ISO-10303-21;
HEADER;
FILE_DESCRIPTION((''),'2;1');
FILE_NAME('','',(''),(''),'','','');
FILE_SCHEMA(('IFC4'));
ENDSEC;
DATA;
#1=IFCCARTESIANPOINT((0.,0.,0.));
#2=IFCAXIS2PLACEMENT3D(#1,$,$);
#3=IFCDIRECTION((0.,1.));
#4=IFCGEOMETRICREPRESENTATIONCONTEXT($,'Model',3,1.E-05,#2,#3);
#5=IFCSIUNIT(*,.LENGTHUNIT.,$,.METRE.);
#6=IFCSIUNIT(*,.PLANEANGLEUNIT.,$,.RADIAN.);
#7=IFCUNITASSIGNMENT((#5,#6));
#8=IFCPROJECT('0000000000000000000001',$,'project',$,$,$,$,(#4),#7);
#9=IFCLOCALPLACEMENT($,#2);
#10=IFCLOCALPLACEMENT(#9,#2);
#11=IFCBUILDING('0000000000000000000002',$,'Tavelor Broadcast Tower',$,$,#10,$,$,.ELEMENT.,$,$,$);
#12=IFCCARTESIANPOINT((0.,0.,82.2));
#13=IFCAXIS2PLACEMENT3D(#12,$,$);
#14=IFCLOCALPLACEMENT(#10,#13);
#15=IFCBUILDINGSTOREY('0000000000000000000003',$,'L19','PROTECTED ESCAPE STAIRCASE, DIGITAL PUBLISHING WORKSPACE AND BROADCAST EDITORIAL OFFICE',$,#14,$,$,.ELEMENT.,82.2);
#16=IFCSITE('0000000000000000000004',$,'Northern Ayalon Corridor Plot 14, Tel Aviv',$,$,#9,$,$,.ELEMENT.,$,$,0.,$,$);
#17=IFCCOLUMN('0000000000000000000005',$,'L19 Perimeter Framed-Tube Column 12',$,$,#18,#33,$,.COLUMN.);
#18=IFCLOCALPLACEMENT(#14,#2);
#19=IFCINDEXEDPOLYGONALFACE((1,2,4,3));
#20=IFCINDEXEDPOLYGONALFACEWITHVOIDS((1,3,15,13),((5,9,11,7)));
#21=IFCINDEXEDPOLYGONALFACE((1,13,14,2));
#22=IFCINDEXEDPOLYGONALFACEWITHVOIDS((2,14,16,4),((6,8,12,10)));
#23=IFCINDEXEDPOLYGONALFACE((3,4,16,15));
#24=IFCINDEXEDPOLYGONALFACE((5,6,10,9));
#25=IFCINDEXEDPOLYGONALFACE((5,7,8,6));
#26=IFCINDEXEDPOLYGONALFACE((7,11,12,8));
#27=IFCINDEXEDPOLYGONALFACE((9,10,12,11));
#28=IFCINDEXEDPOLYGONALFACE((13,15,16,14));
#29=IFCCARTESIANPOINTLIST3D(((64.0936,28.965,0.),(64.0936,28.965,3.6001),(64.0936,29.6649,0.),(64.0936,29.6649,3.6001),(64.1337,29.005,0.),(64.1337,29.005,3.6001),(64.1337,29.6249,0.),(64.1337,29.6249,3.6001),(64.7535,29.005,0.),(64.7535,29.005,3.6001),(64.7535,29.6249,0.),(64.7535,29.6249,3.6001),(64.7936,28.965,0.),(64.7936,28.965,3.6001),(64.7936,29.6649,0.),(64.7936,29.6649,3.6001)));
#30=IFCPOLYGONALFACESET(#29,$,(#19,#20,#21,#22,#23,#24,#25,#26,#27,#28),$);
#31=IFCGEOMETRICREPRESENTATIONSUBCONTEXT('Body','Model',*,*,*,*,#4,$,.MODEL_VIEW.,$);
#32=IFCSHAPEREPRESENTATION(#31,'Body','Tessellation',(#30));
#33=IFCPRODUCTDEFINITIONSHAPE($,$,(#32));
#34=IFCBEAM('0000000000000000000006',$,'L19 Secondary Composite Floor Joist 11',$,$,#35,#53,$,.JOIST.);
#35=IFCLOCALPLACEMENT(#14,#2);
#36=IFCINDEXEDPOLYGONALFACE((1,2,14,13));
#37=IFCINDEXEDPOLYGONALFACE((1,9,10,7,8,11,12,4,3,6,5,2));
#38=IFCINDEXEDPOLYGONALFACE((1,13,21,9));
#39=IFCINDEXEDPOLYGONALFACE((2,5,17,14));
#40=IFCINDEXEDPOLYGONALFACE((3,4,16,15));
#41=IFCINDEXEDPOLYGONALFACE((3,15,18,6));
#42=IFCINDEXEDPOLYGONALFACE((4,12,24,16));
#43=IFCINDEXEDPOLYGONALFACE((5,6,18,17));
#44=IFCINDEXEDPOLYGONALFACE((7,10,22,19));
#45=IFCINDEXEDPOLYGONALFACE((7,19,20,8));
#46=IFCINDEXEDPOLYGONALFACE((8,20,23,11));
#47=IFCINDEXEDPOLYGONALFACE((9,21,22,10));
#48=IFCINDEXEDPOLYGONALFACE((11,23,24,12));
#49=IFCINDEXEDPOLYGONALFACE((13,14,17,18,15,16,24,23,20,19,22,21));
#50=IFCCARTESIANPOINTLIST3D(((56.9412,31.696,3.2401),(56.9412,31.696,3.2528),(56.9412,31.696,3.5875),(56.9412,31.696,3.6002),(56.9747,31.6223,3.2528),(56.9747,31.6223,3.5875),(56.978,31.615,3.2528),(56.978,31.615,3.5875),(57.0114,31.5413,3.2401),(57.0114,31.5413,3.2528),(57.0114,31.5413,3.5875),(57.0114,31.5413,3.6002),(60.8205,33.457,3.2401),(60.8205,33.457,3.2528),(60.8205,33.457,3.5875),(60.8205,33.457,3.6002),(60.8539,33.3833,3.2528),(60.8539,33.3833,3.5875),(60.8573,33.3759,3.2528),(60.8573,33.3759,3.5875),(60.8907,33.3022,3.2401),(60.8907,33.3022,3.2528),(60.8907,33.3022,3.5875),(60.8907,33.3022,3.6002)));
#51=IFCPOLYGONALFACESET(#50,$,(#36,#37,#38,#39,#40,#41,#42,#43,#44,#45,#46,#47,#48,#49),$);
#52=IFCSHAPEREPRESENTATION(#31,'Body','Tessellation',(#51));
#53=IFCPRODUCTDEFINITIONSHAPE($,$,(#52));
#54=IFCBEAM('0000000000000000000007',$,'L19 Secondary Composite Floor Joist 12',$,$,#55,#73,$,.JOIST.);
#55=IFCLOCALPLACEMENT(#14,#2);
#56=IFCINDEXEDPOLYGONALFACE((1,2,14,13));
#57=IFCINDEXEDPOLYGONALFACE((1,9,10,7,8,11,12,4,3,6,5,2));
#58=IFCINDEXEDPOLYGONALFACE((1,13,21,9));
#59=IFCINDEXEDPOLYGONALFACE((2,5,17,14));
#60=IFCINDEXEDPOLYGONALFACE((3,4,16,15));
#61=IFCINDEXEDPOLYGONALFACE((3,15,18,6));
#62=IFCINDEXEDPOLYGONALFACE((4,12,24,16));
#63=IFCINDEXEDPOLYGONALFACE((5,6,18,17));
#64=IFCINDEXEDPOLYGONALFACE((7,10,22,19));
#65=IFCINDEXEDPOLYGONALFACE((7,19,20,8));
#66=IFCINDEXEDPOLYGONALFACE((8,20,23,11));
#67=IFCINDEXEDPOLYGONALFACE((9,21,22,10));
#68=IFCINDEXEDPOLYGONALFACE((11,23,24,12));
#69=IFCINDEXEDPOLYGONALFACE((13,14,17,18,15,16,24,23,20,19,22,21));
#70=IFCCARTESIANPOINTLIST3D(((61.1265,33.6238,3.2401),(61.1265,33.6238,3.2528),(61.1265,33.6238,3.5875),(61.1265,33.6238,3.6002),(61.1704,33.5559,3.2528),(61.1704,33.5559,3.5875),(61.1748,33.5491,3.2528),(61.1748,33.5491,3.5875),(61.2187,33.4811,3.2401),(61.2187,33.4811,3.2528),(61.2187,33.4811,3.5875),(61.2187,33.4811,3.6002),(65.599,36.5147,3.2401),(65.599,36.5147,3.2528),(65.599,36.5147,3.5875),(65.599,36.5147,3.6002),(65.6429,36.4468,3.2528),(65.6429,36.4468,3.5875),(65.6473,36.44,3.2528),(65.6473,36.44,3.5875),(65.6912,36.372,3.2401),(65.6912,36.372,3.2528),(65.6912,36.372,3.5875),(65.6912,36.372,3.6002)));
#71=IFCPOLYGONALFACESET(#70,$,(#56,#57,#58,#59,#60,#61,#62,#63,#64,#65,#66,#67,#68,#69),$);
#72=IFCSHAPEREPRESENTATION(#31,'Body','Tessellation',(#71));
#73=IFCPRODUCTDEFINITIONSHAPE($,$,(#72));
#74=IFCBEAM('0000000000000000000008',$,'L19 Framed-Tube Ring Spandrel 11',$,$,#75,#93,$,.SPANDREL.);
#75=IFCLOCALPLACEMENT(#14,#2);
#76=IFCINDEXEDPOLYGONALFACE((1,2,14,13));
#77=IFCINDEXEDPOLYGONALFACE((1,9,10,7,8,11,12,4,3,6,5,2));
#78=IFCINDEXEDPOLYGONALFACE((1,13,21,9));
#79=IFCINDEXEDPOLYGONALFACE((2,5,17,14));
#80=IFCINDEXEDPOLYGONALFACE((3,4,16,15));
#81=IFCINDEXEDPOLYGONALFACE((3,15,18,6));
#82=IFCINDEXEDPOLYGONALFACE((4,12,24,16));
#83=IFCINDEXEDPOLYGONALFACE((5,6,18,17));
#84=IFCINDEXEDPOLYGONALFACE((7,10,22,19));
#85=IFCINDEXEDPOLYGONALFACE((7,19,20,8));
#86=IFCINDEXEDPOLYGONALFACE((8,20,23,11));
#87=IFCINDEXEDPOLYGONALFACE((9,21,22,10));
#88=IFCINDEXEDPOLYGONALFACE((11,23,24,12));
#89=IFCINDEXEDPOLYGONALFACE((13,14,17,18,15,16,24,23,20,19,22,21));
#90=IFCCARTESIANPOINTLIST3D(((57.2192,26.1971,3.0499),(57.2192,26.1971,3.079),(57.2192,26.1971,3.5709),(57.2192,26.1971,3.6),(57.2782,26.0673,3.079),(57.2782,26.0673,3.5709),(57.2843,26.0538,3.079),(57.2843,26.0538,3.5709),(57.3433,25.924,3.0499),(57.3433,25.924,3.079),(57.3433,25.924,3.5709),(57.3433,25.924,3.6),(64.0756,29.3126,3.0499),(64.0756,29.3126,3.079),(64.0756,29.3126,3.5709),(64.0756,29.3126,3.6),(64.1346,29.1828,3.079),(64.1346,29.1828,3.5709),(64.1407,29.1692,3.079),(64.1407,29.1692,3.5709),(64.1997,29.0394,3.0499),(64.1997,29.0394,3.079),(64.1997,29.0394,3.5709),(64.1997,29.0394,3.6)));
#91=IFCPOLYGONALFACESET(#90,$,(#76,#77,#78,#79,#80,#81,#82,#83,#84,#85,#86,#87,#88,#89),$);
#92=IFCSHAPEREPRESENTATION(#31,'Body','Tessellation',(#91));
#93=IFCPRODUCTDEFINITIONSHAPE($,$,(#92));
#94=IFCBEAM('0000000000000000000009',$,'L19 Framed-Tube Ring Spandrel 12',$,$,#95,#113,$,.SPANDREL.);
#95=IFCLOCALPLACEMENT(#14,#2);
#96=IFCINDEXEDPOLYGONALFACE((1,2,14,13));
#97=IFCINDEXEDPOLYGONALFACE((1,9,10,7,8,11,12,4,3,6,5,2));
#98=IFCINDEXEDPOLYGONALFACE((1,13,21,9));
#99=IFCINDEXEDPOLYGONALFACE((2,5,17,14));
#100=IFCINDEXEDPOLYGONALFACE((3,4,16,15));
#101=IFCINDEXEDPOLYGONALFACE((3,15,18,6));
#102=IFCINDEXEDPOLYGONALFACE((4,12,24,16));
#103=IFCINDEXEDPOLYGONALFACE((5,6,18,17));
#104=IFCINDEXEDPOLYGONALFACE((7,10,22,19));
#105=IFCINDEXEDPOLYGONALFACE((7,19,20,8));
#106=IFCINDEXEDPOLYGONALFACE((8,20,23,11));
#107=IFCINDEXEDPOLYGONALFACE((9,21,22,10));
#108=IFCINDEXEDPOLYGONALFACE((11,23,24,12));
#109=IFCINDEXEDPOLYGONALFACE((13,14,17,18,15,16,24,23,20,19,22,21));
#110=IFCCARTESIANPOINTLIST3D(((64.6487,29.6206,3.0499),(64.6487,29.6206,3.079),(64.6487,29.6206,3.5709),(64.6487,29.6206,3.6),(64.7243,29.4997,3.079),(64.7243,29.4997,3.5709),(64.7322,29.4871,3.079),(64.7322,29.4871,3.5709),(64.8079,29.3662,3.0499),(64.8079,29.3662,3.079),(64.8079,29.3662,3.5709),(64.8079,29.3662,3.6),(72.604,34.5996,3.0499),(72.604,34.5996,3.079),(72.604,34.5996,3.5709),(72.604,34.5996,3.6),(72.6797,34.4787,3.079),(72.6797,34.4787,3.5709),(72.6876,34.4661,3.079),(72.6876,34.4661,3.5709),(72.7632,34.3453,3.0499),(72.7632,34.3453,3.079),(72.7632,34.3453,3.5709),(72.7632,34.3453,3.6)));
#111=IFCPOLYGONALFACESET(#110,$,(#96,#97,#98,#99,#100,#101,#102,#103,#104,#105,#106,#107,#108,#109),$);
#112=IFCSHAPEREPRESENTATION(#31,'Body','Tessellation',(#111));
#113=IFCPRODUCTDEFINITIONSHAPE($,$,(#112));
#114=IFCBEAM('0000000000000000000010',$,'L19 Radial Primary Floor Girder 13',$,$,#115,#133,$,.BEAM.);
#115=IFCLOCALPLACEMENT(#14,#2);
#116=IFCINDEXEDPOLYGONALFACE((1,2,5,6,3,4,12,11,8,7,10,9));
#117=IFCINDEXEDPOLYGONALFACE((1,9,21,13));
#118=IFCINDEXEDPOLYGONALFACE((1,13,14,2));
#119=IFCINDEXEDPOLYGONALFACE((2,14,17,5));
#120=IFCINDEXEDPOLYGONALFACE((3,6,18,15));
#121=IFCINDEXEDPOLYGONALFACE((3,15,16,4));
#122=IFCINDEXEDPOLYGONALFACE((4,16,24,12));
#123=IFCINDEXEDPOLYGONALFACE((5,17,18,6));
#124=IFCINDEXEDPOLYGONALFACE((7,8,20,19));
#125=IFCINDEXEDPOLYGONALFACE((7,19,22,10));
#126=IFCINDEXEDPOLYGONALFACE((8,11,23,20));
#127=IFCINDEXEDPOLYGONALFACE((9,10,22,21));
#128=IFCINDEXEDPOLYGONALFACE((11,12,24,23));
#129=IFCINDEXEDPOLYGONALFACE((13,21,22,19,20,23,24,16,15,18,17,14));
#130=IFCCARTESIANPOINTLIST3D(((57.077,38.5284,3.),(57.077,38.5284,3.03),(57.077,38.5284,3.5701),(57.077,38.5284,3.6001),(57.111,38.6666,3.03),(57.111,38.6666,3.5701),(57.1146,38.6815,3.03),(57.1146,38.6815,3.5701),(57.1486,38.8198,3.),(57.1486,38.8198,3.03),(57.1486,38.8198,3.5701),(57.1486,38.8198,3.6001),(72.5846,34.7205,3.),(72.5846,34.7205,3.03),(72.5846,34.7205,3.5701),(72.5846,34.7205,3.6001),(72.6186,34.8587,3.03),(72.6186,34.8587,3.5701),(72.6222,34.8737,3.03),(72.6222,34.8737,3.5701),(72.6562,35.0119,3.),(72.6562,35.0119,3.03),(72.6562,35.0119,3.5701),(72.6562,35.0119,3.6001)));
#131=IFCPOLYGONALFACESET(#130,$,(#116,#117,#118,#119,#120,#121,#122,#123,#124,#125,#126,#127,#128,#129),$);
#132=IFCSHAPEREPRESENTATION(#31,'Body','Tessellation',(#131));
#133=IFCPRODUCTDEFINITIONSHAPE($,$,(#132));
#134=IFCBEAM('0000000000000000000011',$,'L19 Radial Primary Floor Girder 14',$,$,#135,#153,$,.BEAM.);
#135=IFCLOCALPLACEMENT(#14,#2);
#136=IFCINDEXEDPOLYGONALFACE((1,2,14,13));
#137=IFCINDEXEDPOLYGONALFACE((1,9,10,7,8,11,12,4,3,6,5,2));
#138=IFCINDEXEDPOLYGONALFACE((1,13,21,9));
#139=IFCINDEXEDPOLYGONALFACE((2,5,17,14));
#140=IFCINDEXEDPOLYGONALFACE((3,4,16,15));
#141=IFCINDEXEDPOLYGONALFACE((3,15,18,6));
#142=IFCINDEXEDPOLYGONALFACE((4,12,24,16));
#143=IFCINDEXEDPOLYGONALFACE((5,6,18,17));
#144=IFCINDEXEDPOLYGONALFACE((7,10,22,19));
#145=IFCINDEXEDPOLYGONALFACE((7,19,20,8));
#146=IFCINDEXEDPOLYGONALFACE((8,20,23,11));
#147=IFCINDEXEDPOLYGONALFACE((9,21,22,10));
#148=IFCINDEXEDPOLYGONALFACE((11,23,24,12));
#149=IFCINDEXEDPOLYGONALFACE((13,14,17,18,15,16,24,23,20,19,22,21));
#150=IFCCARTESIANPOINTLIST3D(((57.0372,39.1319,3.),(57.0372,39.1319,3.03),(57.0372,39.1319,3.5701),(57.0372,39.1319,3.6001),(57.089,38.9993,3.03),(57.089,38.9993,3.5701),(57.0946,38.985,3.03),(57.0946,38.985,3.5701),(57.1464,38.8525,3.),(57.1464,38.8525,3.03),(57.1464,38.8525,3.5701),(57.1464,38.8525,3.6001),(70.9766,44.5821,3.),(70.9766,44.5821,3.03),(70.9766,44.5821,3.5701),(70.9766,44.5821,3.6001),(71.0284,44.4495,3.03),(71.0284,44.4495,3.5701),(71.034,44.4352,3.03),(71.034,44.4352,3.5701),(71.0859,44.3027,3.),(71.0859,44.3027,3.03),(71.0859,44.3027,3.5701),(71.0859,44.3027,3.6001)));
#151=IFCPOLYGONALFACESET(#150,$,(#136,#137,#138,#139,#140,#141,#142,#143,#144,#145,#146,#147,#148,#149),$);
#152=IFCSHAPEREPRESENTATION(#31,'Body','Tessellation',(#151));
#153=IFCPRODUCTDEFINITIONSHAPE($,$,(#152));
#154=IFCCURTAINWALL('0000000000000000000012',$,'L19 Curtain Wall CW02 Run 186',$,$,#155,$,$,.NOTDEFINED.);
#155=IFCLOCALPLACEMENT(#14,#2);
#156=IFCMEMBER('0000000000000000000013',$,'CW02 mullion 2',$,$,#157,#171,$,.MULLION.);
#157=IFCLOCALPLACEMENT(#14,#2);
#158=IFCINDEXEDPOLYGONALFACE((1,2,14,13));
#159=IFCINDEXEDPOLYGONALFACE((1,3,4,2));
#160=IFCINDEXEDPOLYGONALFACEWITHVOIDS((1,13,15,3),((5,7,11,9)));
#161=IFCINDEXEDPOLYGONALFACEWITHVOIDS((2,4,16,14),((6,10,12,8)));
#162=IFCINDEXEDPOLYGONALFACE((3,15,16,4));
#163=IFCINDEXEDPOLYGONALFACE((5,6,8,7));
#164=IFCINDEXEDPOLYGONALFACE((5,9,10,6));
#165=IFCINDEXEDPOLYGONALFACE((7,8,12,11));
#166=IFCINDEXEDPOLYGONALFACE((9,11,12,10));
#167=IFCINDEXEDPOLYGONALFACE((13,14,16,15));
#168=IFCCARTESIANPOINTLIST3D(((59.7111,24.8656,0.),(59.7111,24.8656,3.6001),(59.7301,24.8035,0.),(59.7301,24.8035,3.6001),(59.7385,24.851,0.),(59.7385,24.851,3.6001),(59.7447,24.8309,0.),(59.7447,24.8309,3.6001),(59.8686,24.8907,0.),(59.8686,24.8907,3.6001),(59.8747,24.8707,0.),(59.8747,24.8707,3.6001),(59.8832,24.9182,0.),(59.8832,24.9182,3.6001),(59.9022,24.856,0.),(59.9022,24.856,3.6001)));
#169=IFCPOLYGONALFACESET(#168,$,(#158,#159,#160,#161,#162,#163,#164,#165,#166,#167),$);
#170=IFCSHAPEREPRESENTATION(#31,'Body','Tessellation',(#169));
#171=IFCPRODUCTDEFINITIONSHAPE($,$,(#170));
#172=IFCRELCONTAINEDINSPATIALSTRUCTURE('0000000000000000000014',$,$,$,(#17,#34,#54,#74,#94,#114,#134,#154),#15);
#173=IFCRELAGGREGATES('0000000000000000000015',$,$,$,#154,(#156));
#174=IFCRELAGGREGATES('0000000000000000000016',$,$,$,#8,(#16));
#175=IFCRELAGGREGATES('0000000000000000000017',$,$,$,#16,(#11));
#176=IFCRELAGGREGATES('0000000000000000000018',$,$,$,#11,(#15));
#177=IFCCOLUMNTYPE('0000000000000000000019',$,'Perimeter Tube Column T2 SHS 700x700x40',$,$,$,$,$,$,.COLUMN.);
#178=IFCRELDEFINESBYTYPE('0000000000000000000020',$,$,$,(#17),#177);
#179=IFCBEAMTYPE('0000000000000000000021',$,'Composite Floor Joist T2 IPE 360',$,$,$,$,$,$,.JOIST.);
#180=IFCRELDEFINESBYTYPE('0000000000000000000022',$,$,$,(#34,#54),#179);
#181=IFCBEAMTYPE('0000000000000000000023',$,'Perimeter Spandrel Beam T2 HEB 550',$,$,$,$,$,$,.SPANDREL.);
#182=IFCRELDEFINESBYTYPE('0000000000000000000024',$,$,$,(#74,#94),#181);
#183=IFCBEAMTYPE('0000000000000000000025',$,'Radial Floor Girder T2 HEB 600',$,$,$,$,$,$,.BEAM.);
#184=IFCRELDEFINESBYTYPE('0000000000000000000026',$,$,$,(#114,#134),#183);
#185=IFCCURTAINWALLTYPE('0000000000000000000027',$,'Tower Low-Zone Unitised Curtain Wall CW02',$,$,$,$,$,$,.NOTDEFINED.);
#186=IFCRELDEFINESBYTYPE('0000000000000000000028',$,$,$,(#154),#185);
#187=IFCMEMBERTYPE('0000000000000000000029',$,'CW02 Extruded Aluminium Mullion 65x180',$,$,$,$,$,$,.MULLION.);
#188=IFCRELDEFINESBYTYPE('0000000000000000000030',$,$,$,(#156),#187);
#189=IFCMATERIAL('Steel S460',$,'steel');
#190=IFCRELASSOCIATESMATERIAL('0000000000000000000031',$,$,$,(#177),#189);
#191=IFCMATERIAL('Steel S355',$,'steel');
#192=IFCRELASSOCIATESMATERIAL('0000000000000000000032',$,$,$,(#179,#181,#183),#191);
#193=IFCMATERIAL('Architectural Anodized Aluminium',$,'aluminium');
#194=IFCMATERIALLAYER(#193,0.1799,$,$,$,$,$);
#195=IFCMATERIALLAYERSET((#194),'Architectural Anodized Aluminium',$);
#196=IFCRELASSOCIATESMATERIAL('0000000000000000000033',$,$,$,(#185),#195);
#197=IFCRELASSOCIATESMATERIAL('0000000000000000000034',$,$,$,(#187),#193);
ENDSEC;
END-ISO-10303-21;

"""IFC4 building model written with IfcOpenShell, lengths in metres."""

from ifc_helpers import new_model, si_unit, direction, frame, origin, origin_2d, place, context, subcontext, project, spatial, hollow_rectangle, i_section, extrude, source, transform, mapped, material, layer, layer_set, material_profile, profile_set, type_object, type_shapes, element, aggregate, save


model = new_model("IFC4")

# Units and contexts
model_context = context("Model", 3, precision=1e-05, world=origin(), true_north=direction((0.0, 1.0)))
body_context = subcontext(model_context, "Body", "Model", "MODEL_VIEW")
ifc_project = project(units=[si_unit("LENGTHUNIT", "METRE"), si_unit("PLANEANGLEUNIT", "RADIAN")], contexts=[model_context])

# Site, building, storey
site_placement = place(None, origin())
site = spatial("IfcSite", under=ifc_project, at=site_placement, Name="Northern Ayalon Corridor Plot 14, Tel Aviv", CompositionType="ELEMENT", RefElevation=0.0)
building_placement = place(site_placement, origin())
building = spatial("IfcBuilding", under=site, at=building_placement, Name="Tavelor Broadcast Tower", CompositionType="ELEMENT")
storey_placement = place(building_placement, frame((0.0, 0.0, 82.2)))
storey = spatial("IfcBuildingStorey", under=building, at=storey_placement, Name="L19", Description="PROTECTED ESCAPE STAIRCASE, DIGITAL PUBLISHING WORKSPACE AND BROADCAST EDITORIAL OFFICE", CompositionType="ELEMENT", Elevation=82.2)

# Column
ifc_material_1 = material(Name="Steel S460", Category="steel")
ifc_material_profile_1 = material_profile(ifc_material_1, hollow_rectangle(XDim=0.7, YDim=0.7, WallThickness=0.04, at=origin_2d()), Name="SHS 700x700x40")
ifc_profile_set_1 = profile_set([ifc_material_profile_1], Name="Steel S460")
column_type = type_object("IfcColumnType", Name="Perimeter Tube Column T2 SHS 700x700x40", PredefinedType="COLUMN", material=ifc_profile_set_1)
column_placement = place(storey_placement, frame((64.4436, 29.3149, 0.0), z_axis=(0.0, 0.0, 1.0), x_axis=(1.0, 0.0, 0.0)))
element("IfcColumn", 1, at=column_placement, inside=storey, type_object=column_type, Name="L19 Perimeter Framed-Tube Column 12", PredefinedType="COLUMN", context=body_context, shape_type="SweptSolid", body=[
    extrude(hollow_rectangle(XDim=0.7, YDim=0.7, WallThickness=0.04, at=origin_2d()), origin(), (0.0, 0.0, 1.0), 3.6001),
])

# Beams
ifc_material_2 = material(Name="Steel S355", Category="steel")
ifc_material_profile_2 = material_profile(ifc_material_2, i_section(OverallWidth=0.1699, OverallDepth=0.3601, WebThickness=0.0081, FlangeThickness=0.0127, at=origin_2d()), Name="IPE 360")
ifc_profile_set_2 = profile_set([ifc_material_profile_2], Name="Steel S355")
beam_type_1 = type_object("IfcBeamType", Name="Composite Floor Joist T2 IPE 360", PredefinedType="JOIST", material=ifc_profile_set_2)
beam_1_placement = place(storey_placement, frame((56.9763, 31.6187, 3.4202), z_axis=(0.910576, 0.413341, 0.0), x_axis=(-0.413341, 0.910576, 0.0)))
element("IfcBeam", 2, at=beam_1_placement, inside=storey, type_object=beam_type_1, Name="L19 Secondary Composite Floor Joist 11", PredefinedType="JOIST", context=body_context, shape_type="SweptSolid", body=[
    extrude(i_section(OverallWidth=0.1699, OverallDepth=0.3601, WebThickness=0.0081, FlangeThickness=0.0127, at=origin_2d()), origin(), (0.0, 0.0, 1.0), 4.2603),
])
beam_2_placement = place(storey_placement, frame((61.1726, 33.5525, 3.4202), z_axis=(0.839831, 0.542848, 0.0), x_axis=(-0.542848, 0.839831, 0.0)))
element("IfcBeam", 3, at=beam_2_placement, inside=storey, type_object=beam_type_1, Name="L19 Secondary Composite Floor Joist 12", PredefinedType="JOIST", context=body_context, shape_type="SweptSolid", body=[
    extrude(i_section(OverallWidth=0.1699, OverallDepth=0.3601, WebThickness=0.0081, FlangeThickness=0.0127, at=origin_2d()), origin(), (0.0, 0.0, 1.0), 5.3254),
])
ifc_material_profile_3 = material_profile(ifc_material_2, i_section(OverallWidth=0.3, OverallDepth=0.55, WebThickness=0.0149, FlangeThickness=0.0291, at=origin_2d()), Name="HEB 550")
ifc_profile_set_3 = profile_set([ifc_material_profile_3], Name="Steel S355")
beam_type_2 = type_object("IfcBeamType", Name="Perimeter Spandrel Beam T2 HEB 550", PredefinedType="SPANDREL", material=ifc_profile_set_3)
beam_3_placement = place(storey_placement, frame((57.2812, 26.0605, 3.325), z_axis=(0.910421, 0.413683, 0.0), x_axis=(-0.413683, 0.910421, 0.0)))
element("IfcBeam", 4, at=beam_3_placement, inside=storey, type_object=beam_type_2, Name="L19 Framed-Tube Ring Spandrel 11", PredefinedType="SPANDREL", context=body_context, shape_type="SweptSolid", body=[
    extrude(i_section(OverallWidth=0.3, OverallDepth=0.55, WebThickness=0.0149, FlangeThickness=0.0291, at=origin_2d()), origin(), (0.0, 0.0, 1.0), 7.531),
])
beam_4_placement = place(storey_placement, frame((64.7283, 29.4934, 3.325), z_axis=(0.847666, 0.53053, 0.0), x_axis=(-0.53053, 0.847666, 0.0)))
element("IfcBeam", 5, at=beam_4_placement, inside=storey, type_object=beam_type_2, Name="L19 Framed-Tube Ring Spandrel 12", PredefinedType="SPANDREL", context=body_context, shape_type="SweptSolid", body=[
    extrude(i_section(OverallWidth=0.3, OverallDepth=0.55, WebThickness=0.0149, FlangeThickness=0.0291, at=origin_2d()), origin(), (0.0, 0.0, 1.0), 9.385),
])
ifc_material_profile_4 = material_profile(ifc_material_2, i_section(OverallWidth=0.3, OverallDepth=0.6001, WebThickness=0.0154, FlangeThickness=0.03, at=origin_2d()), Name="HEB 600")
ifc_profile_set_4 = profile_set([ifc_material_profile_4], Name="Steel S355")
beam_type_3 = type_object("IfcBeamType", Name="Radial Floor Girder T2 HEB 600", PredefinedType="BEAM", material=ifc_profile_set_4)
beam_5_placement = place(storey_placement, frame((57.1128, 38.6741, 3.3), z_axis=(0.971151, -0.238465, 0.0), x_axis=(0.238465, 0.971151, 0.0)))
element("IfcBeam", 6, at=beam_5_placement, inside=storey, type_object=beam_type_3, Name="L19 Radial Primary Floor Girder 13", PredefinedType="BEAM", context=body_context, shape_type="SweptSolid", body=[
    extrude(i_section(OverallWidth=0.3, OverallDepth=0.6001, WebThickness=0.0154, FlangeThickness=0.03, at=origin_2d()), origin(), (0.0, 0.0, 1.0), 15.9683),
])
beam_6_placement = place(storey_placement, frame((57.0918, 38.9922, 3.3), z_axis=(0.931342, 0.364146, 0.0), x_axis=(-0.364146, 0.931342, 0.0)))
element("IfcBeam", 7, at=beam_6_placement, inside=storey, type_object=beam_type_3, Name="L19 Radial Primary Floor Girder 14", PredefinedType="BEAM", context=body_context, shape_type="SweptSolid", body=[
    extrude(i_section(OverallWidth=0.3, OverallDepth=0.6001, WebThickness=0.0154, FlangeThickness=0.03, at=origin_2d()), origin(), (0.0, 0.0, 1.0), 14.967),
])

# Curtain wall, member
ifc_material_3 = material(Name="Architectural Anodized Aluminium", Category="aluminium")
ifc_layer_1 = layer(ifc_material_3, 0.1799)
ifc_layer_set_1 = layer_set([ifc_layer_1], Name="Architectural Anodized Aluminium")
curtain_wall_type = type_object("IfcCurtainWallType", Name="Tower Low-Zone Unitised Curtain Wall CW02", PredefinedType="NOTDEFINED", material=ifc_layer_set_1)
curtain_wall_1_placement = place(storey_placement, origin())
curtain_wall_1 = element("IfcCurtainWall", 8, at=curtain_wall_1_placement, inside=storey, type_object=curtain_wall_type, Name="L19 Curtain Wall CW02 Run 186", PredefinedType="NOTDEFINED")
ifc_material_profile_5 = material_profile(ifc_material_3, hollow_rectangle(XDim=0.0649, YDim=0.1799, WallThickness=0.022, at=origin_2d()), Name="RHS 65x180x22")
ifc_profile_set_5 = profile_set([ifc_material_profile_5], Name="Architectural Anodized Aluminium")
member_type_1 = type_object("IfcMemberType", Name="CW02 Extruded Aluminium Mullion 65x180", PredefinedType="MULLION", material=ifc_profile_set_5)
shared_shape_1 = source(origin(), body_context, "Body", "SweptSolid", [
    extrude(hollow_rectangle(XDim=0.0649, YDim=0.1799, WallThickness=0.022, at=origin_2d()), origin(), (0.0, 0.0, 1.0), 3.6001),
])
type_shapes(member_type_1, [shared_shape_1])
member_1_placement = place(storey_placement, frame((59.8066, 24.8608, 0.0), z_axis=(0.0, 0.0, 1.0), x_axis=(-0.291954, 0.956432, 0.0)))
member_1 = element("IfcMember", 9, at=member_1_placement, type_object=member_type_1, Name="CW02 mullion 2", PredefinedType="MULLION", context=body_context, shape_type="MappedRepresentation", body=[
    mapped(shared_shape_1, transform((0.0, 0.0, 0.0), scale=1.0)),
])
aggregate(curtain_wall_1, [member_1])

save(model, "model.ifc")
